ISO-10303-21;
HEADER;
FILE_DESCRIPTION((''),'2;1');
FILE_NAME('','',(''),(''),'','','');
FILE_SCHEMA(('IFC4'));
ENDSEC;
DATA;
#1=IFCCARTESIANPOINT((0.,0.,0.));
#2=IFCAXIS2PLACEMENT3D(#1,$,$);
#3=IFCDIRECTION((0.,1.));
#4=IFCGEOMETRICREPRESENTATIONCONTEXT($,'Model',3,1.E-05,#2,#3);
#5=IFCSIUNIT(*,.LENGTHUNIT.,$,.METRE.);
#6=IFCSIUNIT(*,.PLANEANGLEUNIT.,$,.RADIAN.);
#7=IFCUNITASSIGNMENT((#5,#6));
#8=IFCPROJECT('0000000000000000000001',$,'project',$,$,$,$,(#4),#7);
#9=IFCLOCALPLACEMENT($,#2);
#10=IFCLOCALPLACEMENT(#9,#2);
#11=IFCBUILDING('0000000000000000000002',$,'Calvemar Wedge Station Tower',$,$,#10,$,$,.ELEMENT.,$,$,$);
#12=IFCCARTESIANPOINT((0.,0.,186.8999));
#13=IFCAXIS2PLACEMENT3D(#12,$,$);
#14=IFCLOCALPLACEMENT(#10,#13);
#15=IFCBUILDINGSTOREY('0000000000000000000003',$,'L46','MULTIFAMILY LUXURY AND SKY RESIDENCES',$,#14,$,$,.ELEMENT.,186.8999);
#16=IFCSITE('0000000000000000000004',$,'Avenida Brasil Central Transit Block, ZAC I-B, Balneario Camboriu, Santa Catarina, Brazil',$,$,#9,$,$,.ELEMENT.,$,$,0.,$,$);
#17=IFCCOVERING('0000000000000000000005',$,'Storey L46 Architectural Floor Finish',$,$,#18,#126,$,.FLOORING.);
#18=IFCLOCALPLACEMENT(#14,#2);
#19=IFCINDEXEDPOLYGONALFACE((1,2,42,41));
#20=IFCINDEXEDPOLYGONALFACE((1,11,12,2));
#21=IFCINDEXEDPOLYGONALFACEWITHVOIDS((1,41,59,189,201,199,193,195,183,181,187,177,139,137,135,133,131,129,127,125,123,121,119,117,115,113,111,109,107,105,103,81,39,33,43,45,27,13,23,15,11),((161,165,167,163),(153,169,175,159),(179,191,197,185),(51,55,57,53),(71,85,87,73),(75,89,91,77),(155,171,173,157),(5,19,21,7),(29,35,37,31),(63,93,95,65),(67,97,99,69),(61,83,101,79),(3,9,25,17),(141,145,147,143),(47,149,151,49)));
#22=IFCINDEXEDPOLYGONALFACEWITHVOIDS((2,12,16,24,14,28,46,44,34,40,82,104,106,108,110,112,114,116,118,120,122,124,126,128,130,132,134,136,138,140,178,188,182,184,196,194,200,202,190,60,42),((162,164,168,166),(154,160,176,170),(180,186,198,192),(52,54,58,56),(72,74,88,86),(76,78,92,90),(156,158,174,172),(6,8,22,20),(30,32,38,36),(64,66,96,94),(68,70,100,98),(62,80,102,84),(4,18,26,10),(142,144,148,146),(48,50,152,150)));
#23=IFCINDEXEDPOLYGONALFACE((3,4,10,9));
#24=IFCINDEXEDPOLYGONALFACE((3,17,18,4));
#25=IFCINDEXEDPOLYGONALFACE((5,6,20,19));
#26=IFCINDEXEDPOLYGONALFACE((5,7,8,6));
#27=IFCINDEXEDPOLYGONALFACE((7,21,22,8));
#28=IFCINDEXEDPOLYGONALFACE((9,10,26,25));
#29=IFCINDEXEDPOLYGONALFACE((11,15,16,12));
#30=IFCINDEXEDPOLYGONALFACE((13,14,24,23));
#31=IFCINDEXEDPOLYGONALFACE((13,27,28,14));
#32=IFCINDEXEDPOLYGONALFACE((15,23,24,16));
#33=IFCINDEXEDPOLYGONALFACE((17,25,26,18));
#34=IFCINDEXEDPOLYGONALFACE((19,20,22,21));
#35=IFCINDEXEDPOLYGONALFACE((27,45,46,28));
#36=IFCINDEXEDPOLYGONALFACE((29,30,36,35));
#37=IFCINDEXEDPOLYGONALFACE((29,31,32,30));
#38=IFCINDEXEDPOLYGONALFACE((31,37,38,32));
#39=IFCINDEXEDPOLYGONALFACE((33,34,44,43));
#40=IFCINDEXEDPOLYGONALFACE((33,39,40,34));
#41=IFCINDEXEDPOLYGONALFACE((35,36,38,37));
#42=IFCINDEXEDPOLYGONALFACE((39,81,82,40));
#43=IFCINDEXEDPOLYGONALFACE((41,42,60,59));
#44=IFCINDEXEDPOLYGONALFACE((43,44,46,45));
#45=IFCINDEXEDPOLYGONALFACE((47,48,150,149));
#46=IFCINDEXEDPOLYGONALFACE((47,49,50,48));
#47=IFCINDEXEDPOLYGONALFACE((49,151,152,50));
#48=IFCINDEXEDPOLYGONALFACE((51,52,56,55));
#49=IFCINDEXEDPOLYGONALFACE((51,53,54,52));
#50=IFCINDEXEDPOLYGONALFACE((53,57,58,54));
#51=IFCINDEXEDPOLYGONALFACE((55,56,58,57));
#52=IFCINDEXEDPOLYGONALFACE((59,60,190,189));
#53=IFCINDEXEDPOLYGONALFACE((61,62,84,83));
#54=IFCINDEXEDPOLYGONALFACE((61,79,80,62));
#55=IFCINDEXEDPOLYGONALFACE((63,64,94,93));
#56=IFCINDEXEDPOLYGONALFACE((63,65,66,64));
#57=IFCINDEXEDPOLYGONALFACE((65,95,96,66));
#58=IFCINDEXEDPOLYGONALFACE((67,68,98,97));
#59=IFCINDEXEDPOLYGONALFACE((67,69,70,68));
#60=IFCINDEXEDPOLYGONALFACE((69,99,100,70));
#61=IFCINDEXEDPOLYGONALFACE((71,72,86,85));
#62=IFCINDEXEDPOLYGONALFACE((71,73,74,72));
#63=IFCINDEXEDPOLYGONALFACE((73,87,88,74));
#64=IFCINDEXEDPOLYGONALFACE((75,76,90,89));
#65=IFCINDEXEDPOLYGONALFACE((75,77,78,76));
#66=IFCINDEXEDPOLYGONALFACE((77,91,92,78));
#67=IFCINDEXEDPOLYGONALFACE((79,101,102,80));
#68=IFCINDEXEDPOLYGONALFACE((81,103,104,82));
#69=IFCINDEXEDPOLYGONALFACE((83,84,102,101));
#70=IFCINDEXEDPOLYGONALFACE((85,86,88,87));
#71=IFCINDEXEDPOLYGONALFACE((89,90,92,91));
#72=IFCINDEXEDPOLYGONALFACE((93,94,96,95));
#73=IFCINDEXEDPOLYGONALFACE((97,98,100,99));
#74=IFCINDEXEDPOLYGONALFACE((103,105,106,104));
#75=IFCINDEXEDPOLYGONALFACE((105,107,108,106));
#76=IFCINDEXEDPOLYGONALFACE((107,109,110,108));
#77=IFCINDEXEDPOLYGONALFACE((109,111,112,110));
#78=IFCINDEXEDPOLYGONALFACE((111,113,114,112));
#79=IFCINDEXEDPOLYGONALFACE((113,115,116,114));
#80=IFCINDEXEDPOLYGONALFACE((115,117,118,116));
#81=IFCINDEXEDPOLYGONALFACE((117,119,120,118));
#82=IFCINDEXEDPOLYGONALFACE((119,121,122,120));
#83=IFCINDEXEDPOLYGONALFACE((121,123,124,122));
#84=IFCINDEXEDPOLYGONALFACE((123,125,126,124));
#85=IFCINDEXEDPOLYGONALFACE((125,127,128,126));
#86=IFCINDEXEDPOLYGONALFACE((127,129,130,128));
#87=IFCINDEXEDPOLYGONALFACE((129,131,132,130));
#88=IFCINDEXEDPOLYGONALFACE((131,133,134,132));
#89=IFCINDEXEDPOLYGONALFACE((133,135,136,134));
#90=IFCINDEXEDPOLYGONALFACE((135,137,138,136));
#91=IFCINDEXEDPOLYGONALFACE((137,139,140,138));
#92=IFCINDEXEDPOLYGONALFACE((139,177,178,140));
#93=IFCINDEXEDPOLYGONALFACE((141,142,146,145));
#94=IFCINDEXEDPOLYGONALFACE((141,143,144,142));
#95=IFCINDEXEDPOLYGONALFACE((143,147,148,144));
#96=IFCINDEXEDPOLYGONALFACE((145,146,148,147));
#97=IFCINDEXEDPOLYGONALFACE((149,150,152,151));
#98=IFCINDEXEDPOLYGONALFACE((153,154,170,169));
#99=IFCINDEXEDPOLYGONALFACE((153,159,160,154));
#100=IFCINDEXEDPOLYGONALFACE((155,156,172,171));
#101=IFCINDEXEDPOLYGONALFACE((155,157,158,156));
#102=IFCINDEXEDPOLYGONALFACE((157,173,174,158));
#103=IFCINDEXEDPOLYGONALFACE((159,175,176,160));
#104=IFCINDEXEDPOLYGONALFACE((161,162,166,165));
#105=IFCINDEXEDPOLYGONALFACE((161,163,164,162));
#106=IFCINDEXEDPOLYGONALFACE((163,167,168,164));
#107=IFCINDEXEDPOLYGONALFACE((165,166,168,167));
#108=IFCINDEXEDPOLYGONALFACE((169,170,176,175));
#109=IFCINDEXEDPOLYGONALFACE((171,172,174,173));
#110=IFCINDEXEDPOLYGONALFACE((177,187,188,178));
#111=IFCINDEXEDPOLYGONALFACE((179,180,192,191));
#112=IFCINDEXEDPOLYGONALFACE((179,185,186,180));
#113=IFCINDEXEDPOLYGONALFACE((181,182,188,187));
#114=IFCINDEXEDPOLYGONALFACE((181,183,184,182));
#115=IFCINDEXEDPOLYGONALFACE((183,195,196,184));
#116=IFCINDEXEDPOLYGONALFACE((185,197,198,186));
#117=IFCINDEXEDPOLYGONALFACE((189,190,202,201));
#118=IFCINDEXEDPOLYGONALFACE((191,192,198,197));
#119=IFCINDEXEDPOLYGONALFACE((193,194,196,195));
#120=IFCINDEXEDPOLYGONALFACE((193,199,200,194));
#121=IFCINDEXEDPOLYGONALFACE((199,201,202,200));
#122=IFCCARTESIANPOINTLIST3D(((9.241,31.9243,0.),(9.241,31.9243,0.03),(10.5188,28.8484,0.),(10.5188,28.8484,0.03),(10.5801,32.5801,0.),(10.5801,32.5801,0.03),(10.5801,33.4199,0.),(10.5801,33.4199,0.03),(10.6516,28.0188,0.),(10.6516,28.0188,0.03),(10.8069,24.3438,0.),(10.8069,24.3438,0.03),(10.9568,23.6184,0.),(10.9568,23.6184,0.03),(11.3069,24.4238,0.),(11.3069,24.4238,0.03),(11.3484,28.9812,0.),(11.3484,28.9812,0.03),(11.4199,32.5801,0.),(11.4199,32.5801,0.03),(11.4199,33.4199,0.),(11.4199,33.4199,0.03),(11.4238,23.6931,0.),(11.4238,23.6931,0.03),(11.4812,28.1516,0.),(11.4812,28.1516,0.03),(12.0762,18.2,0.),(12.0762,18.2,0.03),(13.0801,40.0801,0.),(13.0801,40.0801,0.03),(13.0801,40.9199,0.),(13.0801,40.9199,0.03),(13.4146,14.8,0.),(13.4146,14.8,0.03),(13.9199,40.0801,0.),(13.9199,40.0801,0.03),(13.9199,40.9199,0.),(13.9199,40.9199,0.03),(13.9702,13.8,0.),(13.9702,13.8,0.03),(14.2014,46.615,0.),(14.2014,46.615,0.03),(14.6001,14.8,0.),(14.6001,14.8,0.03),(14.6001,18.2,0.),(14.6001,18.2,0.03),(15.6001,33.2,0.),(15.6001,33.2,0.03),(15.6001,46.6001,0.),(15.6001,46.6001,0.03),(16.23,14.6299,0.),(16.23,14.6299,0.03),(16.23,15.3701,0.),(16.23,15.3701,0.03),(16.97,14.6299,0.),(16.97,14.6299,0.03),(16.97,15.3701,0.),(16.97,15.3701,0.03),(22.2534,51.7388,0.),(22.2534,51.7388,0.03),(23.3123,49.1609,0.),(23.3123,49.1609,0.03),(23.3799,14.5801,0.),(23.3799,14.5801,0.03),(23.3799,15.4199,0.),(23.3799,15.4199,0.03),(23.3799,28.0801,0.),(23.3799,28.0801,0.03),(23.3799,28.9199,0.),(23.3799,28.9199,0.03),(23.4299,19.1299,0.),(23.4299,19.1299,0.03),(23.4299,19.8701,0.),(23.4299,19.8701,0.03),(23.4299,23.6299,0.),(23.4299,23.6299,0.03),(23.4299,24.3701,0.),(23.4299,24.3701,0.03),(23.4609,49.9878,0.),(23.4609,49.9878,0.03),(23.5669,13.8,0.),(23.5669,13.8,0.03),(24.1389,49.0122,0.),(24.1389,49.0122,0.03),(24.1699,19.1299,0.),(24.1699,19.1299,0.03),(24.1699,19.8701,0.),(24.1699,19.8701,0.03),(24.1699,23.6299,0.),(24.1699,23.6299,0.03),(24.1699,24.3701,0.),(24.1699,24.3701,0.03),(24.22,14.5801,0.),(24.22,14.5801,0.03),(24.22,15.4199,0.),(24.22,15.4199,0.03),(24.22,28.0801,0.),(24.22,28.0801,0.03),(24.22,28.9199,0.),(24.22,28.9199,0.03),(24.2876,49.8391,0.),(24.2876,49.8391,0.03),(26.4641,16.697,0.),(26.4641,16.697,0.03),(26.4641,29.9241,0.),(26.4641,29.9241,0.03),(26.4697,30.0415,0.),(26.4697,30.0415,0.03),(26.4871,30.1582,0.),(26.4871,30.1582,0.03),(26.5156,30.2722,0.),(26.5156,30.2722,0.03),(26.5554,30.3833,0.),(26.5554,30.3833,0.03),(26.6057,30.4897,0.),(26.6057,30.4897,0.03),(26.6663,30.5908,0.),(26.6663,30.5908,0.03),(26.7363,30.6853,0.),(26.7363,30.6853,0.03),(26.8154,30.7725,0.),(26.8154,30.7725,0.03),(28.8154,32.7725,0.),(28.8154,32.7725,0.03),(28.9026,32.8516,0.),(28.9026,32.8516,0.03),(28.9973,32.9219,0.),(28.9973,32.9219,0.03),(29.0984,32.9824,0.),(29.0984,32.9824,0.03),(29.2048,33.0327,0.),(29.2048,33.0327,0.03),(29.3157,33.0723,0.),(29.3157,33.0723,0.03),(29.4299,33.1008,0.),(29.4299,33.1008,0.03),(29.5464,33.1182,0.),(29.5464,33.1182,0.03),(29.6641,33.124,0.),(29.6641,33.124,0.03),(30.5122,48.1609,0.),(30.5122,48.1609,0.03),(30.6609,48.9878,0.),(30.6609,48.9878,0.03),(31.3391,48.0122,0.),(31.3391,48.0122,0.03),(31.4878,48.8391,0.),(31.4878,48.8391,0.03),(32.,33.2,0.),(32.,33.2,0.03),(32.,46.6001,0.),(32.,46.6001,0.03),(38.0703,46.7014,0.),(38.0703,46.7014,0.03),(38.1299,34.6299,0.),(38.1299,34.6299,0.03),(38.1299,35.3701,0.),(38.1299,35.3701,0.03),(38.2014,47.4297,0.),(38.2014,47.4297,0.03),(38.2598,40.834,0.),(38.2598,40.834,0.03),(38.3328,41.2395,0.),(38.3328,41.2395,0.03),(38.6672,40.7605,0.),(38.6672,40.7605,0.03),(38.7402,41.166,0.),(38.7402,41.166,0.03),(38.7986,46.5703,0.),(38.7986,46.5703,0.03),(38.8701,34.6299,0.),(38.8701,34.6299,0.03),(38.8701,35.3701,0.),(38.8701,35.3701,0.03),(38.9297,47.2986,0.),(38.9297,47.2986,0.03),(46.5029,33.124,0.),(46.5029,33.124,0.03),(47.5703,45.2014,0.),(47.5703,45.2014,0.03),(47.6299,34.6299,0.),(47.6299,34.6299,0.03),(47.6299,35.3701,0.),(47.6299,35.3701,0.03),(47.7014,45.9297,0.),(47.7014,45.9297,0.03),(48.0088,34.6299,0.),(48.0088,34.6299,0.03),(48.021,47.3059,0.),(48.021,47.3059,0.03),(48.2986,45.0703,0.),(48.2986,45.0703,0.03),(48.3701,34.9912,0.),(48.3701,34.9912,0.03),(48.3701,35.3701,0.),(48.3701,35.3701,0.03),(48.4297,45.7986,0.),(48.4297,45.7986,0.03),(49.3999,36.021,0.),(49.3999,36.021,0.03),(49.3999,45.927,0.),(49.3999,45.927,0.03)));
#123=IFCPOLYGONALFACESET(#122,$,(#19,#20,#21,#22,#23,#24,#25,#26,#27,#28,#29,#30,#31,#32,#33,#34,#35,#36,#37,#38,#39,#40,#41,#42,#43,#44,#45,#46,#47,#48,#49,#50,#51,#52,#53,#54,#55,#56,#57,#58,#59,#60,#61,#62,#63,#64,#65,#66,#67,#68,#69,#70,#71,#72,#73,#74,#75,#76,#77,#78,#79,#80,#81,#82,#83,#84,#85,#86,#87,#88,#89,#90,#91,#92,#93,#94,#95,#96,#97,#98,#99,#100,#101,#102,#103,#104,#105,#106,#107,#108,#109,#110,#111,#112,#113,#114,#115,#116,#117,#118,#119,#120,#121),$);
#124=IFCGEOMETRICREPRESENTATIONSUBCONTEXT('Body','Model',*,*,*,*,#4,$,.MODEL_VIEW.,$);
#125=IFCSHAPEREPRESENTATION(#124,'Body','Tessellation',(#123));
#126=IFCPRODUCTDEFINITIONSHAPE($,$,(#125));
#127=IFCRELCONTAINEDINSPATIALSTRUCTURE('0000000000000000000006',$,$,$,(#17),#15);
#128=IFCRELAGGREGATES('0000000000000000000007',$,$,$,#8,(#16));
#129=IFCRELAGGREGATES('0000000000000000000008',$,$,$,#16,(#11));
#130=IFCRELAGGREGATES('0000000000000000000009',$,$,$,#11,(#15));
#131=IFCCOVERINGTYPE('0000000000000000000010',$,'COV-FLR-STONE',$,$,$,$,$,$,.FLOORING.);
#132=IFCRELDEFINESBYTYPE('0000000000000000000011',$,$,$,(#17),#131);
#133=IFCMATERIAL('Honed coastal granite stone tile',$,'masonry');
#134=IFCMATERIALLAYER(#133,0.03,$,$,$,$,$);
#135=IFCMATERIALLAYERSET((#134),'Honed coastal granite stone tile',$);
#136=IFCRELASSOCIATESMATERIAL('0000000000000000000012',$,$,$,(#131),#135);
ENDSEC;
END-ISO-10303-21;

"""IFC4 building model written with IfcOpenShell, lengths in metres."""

from ifc_helpers import new_model, si_unit, direction, frame, origin, place, context, subcontext, project, spatial, polyline, outline, extrude, material, layer, layer_set, type_object, element, save


model = new_model("IFC4")

# Units and contexts
model_context = context("Model", 3, precision=1e-05, world=origin(), true_north=direction((0.0, 1.0)))
body_context = subcontext(model_context, "Body", "Model", "MODEL_VIEW")
ifc_project = project(units=[si_unit("LENGTHUNIT", "METRE"), si_unit("PLANEANGLEUNIT", "RADIAN")], contexts=[model_context])

# Site, building, storey
site_placement = place(None, origin())
site = spatial("IfcSite", under=ifc_project, at=site_placement, Name="Avenida Brasil Central Transit Block, ZAC I-B, Balneario Camboriu, Santa Catarina, Brazil", CompositionType="ELEMENT", RefElevation=0.0)
building_placement = place(site_placement, origin())
building = spatial("IfcBuilding", under=site, at=building_placement, Name="Calvemar Wedge Station Tower", CompositionType="ELEMENT")
storey_placement = place(building_placement, frame((0.0, 0.0, 186.8999)))
storey = spatial("IfcBuildingStorey", under=building, at=storey_placement, Name="L46", Description="MULTIFAMILY LUXURY AND SKY RESIDENCES", CompositionType="ELEMENT", Elevation=186.8999)

# Covering
ifc_material_1 = material(Name="Honed coastal granite stone tile", Category="masonry")
ifc_layer_1 = layer(ifc_material_1, 0.03)
ifc_layer_set_1 = layer_set([ifc_layer_1], Name="Honed coastal granite stone tile")
covering_type_1 = type_object("IfcCoveringType", Name="COV-FLR-STONE", PredefinedType="FLOORING", material=ifc_layer_set_1)
covering_1_placement = place(storey_placement, origin())
element("IfcCovering", 1, at=covering_1_placement, inside=storey, type_object=covering_type_1, Name="Storey L46 Architectural Floor Finish", PredefinedType="FLOORING", context=body_context, shape_type="SweptSolid", body=[
    extrude(outline(polyline([(26.8154, 30.7725), (28.8154, 32.7725), (28.9026, 32.8516), (28.9973, 32.9219), (29.0984, 32.9824), (29.2048, 33.0327), (29.3157, 33.0723), (29.4299, 33.1008), (29.5464, 33.1182), (29.6641, 33.124), (46.5029, 33.124), (48.0088, 34.6299), (47.6299, 34.6299), (47.6299, 35.3701), (48.3701, 35.3701), (48.3701, 34.9912), (49.3999, 36.021), (49.3999, 45.927), (48.021, 47.3059), (22.2534, 51.7388), (14.2014, 46.615), (9.241, 31.9243), (10.8069, 24.3438), (11.3069, 24.4238), (11.4238, 23.6931), (10.9568, 23.6184), (12.0762, 18.2), (14.6001, 18.2), (14.6001, 14.8), (13.4146, 14.8), (13.9702, 13.8), (23.5669, 13.8), (26.4641, 16.697), (26.4641, 29.9241), (26.4697, 30.0415), (26.4871, 30.1582), (26.5156, 30.2722), (26.5554, 30.3833), (26.6057, 30.4897), (26.6663, 30.5908), (26.7363, 30.6853), (26.8154, 30.7725)]), holes=[polyline([(15.6001, 46.6001), (32.0, 46.6001), (32.0, 33.2), (15.6001, 33.2), (15.6001, 46.6001)]), polyline([(10.5801, 32.5801), (10.5801, 33.4199), (11.4199, 33.4199), (11.4199, 32.5801), (10.5801, 32.5801)]), polyline([(13.0801, 40.9199), (13.9199, 40.9199), (13.9199, 40.0801), (13.0801, 40.0801), (13.0801, 40.9199)]), polyline([(24.2876, 49.8391), (24.1389, 49.0122), (23.3123, 49.1609), (23.4609, 49.9878), (24.2876, 49.8391)]), polyline([(31.3391, 48.0122), (30.5122, 48.1609), (30.6609, 48.9878), (31.4878, 48.8391), (31.3391, 48.0122)]), polyline([(38.0703, 46.7014), (38.2014, 47.4297), (38.9297, 47.2986), (38.7986, 46.5703), (38.0703, 46.7014)]), polyline([(47.7014, 45.9297), (48.4297, 45.7986), (48.2986, 45.0703), (47.5703, 45.2014), (47.7014, 45.9297)]), polyline([(38.8701, 35.3701), (38.8701, 34.6299), (38.1299, 34.6299), (38.1299, 35.3701), (38.8701, 35.3701)]), polyline([(38.2598, 40.834), (38.3328, 41.2395), (38.7402, 41.166), (38.6672, 40.7605), (38.2598, 40.834)]), polyline([(11.3484, 28.9812), (11.4812, 28.1516), (10.6516, 28.0188), (10.5188, 28.8484), (11.3484, 28.9812)]), polyline([(24.22, 28.0801), (23.3799, 28.0801), (23.3799, 28.9199), (24.22, 28.9199), (24.22, 28.0801)]), polyline([(23.4299, 23.6299), (23.4299, 24.3701), (24.1699, 24.3701), (24.1699, 23.6299), (23.4299, 23.6299)]), polyline([(23.4299, 19.8701), (24.1699, 19.8701), (24.1699, 19.1299), (23.4299, 19.1299), (23.4299, 19.8701)]), polyline([(24.22, 15.4199), (24.22, 14.5801), (23.3799, 14.5801), (23.3799, 15.4199), (24.22, 15.4199)]), polyline([(16.97, 14.6299), (16.23, 14.6299), (16.23, 15.3701), (16.97, 15.3701), (16.97, 14.6299)])]), origin(), (0.0, 0.0, 1.0), 0.03),
])

save(model, "model.ifc")
